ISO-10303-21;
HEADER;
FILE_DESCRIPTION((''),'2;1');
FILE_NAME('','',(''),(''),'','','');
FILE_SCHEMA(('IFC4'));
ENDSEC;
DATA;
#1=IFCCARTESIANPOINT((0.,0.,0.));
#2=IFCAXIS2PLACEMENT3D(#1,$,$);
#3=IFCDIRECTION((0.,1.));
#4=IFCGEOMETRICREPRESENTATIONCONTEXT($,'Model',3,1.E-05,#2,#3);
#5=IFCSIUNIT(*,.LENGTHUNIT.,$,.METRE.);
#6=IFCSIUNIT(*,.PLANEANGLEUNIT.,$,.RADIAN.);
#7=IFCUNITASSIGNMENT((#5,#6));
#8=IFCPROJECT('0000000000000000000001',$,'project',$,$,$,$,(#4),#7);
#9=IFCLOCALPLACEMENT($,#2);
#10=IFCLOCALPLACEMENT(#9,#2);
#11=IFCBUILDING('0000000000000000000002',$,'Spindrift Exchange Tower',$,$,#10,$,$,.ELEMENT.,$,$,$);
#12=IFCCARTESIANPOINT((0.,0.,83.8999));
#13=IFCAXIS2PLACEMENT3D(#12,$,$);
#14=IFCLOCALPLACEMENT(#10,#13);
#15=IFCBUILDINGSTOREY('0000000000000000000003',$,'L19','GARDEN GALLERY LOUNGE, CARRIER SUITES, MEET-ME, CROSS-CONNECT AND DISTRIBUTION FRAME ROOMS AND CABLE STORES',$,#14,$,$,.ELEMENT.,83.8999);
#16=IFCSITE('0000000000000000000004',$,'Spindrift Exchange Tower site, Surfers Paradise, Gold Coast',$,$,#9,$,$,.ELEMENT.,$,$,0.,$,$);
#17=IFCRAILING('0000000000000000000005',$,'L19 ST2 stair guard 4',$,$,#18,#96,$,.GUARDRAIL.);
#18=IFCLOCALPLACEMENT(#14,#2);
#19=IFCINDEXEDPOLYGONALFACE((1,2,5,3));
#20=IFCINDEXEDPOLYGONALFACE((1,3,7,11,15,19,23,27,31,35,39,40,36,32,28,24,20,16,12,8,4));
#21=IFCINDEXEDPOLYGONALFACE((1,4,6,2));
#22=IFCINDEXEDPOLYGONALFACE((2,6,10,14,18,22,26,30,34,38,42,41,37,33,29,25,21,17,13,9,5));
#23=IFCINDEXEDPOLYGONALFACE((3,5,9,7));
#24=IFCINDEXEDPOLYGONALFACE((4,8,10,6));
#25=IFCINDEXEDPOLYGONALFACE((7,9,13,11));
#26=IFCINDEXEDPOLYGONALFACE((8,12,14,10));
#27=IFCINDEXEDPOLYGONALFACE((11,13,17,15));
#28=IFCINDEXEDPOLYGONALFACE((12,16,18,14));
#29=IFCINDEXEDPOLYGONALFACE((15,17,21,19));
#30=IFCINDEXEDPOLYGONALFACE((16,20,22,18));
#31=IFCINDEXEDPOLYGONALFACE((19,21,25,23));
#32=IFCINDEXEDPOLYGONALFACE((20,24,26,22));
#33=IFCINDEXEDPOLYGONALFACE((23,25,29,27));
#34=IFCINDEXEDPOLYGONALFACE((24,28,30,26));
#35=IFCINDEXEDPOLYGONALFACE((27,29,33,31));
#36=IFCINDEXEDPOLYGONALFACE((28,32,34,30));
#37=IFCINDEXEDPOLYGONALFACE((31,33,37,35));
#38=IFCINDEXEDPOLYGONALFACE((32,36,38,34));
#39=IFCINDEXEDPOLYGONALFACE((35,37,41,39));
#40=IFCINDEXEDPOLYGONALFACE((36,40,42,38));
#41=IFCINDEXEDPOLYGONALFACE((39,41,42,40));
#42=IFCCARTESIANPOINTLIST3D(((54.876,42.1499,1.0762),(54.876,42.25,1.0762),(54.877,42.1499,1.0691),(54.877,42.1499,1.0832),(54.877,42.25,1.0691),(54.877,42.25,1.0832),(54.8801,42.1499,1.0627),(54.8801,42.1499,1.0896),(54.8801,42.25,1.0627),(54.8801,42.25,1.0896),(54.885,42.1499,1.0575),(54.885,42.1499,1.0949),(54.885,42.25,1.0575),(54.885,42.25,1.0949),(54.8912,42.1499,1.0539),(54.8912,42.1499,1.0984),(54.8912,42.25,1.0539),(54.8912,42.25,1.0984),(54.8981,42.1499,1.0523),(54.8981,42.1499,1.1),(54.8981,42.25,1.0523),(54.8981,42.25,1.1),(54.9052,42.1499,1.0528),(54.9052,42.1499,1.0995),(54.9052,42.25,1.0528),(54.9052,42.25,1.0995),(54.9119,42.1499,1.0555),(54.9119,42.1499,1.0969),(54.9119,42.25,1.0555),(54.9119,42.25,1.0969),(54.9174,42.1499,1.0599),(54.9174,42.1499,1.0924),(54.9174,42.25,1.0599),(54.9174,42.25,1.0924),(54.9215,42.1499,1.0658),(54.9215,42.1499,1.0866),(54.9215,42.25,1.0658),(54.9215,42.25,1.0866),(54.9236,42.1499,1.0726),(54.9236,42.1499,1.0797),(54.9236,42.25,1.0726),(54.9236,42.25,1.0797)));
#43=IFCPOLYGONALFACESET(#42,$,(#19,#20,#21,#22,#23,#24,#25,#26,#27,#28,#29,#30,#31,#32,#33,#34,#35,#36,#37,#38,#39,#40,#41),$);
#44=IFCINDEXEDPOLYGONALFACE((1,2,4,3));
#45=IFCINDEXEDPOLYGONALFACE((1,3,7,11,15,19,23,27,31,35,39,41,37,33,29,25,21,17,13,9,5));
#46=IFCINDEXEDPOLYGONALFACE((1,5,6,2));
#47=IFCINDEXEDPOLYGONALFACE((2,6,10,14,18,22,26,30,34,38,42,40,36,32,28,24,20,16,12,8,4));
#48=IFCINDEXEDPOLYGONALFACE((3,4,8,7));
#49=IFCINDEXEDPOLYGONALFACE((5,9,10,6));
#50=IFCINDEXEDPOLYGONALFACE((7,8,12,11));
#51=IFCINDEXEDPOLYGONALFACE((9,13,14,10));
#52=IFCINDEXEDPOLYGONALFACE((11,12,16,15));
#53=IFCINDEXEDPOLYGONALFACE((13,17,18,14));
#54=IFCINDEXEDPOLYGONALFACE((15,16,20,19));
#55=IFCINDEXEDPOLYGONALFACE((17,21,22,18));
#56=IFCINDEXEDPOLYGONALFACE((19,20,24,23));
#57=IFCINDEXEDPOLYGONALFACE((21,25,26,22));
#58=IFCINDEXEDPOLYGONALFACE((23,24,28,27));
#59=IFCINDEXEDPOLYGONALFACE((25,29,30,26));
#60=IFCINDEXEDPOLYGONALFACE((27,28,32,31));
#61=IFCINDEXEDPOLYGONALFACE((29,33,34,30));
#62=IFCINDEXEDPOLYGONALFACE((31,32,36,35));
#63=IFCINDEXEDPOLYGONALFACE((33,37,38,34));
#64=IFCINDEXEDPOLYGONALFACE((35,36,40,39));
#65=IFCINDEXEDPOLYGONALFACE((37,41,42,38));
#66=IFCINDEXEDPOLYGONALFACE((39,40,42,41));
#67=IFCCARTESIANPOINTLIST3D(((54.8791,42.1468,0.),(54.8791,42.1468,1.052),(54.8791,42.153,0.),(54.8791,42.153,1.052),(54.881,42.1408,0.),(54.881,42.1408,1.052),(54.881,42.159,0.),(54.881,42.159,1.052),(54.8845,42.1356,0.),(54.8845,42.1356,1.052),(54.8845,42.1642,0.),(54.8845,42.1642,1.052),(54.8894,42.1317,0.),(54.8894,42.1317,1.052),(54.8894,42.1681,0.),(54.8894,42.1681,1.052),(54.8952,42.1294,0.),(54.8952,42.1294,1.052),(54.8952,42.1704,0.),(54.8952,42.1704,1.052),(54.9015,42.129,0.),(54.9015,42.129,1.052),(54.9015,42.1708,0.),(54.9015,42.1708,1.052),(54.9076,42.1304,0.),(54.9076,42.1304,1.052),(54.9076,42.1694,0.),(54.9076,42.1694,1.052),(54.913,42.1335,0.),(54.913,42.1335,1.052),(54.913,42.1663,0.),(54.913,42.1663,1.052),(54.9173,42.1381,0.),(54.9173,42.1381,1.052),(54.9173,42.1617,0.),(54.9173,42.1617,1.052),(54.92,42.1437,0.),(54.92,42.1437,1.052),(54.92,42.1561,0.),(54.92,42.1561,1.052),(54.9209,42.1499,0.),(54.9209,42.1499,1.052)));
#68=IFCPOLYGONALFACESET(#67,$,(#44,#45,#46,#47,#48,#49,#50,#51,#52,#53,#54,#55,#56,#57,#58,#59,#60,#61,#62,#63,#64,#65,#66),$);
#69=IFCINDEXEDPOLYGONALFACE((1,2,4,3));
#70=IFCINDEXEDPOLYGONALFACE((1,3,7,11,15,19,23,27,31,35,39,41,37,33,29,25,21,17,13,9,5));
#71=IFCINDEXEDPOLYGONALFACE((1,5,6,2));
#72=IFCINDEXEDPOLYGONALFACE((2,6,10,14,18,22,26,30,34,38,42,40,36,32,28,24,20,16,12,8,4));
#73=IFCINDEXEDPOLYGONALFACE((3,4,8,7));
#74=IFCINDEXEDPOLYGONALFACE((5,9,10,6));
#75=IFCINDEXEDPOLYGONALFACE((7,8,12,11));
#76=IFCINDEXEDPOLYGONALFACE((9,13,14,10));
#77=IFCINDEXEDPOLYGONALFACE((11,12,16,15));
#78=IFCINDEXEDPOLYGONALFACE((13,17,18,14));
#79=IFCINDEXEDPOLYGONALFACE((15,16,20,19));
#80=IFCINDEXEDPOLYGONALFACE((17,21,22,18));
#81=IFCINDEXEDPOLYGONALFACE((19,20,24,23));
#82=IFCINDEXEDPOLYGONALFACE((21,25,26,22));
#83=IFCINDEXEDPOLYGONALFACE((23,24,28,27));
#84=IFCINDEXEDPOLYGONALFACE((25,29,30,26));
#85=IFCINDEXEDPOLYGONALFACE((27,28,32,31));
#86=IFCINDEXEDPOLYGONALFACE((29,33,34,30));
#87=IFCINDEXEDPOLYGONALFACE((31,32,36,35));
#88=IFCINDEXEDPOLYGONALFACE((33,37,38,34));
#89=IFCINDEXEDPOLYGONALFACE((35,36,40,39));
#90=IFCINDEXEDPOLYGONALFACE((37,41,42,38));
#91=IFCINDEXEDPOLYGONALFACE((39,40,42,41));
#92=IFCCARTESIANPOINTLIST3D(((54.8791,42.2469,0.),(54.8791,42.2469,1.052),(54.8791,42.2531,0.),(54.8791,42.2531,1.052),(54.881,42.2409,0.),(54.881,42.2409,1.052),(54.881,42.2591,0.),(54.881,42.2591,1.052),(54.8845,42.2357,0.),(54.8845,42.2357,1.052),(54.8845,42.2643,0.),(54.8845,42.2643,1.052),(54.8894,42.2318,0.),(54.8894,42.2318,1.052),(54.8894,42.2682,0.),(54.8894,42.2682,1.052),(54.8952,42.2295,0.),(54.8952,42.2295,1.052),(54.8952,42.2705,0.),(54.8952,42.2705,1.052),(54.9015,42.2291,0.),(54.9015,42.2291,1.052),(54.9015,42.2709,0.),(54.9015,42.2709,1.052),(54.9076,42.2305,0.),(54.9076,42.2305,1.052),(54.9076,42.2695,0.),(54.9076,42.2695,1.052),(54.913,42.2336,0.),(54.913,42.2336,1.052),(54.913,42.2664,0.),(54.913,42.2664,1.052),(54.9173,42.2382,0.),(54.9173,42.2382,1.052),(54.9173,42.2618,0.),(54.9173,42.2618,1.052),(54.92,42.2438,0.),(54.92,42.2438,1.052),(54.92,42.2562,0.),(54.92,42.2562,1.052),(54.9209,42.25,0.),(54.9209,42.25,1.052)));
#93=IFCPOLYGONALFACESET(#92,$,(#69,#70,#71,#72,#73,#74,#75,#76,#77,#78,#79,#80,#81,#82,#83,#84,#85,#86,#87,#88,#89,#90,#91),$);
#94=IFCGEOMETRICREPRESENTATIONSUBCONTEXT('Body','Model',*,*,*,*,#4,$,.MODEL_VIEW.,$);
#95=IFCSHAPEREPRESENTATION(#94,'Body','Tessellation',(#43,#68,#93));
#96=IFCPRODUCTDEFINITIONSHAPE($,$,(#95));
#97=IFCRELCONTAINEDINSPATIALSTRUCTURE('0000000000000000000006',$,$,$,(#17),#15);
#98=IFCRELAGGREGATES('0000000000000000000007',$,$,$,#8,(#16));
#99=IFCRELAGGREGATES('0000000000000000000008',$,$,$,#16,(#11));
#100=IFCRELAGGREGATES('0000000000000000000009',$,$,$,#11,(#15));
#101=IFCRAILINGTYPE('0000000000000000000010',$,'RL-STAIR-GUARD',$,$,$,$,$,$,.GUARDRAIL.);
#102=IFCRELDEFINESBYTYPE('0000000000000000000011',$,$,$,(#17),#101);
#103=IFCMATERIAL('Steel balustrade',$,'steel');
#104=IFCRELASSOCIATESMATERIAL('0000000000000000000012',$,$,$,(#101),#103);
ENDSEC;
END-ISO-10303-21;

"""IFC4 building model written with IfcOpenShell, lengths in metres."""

from ifc_helpers import new_model, si_unit, direction, frame, origin, origin_2d, place, context, subcontext, project, spatial, circle, extrude, material, type_object, element, save


model = new_model("IFC4")

# Units and contexts
model_context = context("Model", 3, precision=1e-05, world=origin(), true_north=direction((0.0, 1.0)))
body_context = subcontext(model_context, "Body", "Model", "MODEL_VIEW")
ifc_project = project(units=[si_unit("LENGTHUNIT", "METRE"), si_unit("PLANEANGLEUNIT", "RADIAN")], contexts=[model_context])

# Site, building, storey
site_placement = place(None, origin())
site = spatial("IfcSite", under=ifc_project, at=site_placement, Name="Spindrift Exchange Tower site, Surfers Paradise, Gold Coast", CompositionType="ELEMENT", RefElevation=0.0)
building_placement = place(site_placement, origin())
building = spatial("IfcBuilding", under=site, at=building_placement, Name="Spindrift Exchange Tower", CompositionType="ELEMENT")
storey_placement = place(building_placement, frame((0.0, 0.0, 83.8999)))
storey = spatial("IfcBuildingStorey", under=building, at=storey_placement, Name="L19", Description="GARDEN GALLERY LOUNGE, CARRIER SUITES, MEET-ME, CROSS-CONNECT AND DISTRIBUTION FRAME ROOMS AND CABLE STORES", CompositionType="ELEMENT", Elevation=83.8999)

# Railing
ifc_material_1 = material(Name="Steel balustrade", Category="steel")
railing_type_1 = type_object("IfcRailingType", Name="RL-STAIR-GUARD", PredefinedType="GUARDRAIL", material=ifc_material_1)
railing_1_placement = place(storey_placement, frame((54.8999, 42.1499, 0.0)))
element("IfcRailing", 1, at=railing_1_placement, inside=storey, type_object=railing_type_1, Name="L19 ST2 stair guard 4", PredefinedType="GUARDRAIL", context=body_context, shape_type="SweptSolid", body=[
    extrude(circle(Radius=0.0239, at=origin_2d()), frame((0.0, 0.0, 1.0762), z_axis=(0.0, 1.0, 0.0), x_axis=(-1.0, 0.0, 0.0)), (0.0, 0.0, 1.0), 0.1001),
    extrude(circle(Radius=0.021, at=origin_2d()), origin(), (0.0, 0.0, 1.0), 1.052),
    extrude(circle(Radius=0.021, at=origin_2d()), frame((0.0, 0.1001, 0.0)), (0.0, 0.0, 1.0), 1.052),
])

save(model, "model.ifc")
